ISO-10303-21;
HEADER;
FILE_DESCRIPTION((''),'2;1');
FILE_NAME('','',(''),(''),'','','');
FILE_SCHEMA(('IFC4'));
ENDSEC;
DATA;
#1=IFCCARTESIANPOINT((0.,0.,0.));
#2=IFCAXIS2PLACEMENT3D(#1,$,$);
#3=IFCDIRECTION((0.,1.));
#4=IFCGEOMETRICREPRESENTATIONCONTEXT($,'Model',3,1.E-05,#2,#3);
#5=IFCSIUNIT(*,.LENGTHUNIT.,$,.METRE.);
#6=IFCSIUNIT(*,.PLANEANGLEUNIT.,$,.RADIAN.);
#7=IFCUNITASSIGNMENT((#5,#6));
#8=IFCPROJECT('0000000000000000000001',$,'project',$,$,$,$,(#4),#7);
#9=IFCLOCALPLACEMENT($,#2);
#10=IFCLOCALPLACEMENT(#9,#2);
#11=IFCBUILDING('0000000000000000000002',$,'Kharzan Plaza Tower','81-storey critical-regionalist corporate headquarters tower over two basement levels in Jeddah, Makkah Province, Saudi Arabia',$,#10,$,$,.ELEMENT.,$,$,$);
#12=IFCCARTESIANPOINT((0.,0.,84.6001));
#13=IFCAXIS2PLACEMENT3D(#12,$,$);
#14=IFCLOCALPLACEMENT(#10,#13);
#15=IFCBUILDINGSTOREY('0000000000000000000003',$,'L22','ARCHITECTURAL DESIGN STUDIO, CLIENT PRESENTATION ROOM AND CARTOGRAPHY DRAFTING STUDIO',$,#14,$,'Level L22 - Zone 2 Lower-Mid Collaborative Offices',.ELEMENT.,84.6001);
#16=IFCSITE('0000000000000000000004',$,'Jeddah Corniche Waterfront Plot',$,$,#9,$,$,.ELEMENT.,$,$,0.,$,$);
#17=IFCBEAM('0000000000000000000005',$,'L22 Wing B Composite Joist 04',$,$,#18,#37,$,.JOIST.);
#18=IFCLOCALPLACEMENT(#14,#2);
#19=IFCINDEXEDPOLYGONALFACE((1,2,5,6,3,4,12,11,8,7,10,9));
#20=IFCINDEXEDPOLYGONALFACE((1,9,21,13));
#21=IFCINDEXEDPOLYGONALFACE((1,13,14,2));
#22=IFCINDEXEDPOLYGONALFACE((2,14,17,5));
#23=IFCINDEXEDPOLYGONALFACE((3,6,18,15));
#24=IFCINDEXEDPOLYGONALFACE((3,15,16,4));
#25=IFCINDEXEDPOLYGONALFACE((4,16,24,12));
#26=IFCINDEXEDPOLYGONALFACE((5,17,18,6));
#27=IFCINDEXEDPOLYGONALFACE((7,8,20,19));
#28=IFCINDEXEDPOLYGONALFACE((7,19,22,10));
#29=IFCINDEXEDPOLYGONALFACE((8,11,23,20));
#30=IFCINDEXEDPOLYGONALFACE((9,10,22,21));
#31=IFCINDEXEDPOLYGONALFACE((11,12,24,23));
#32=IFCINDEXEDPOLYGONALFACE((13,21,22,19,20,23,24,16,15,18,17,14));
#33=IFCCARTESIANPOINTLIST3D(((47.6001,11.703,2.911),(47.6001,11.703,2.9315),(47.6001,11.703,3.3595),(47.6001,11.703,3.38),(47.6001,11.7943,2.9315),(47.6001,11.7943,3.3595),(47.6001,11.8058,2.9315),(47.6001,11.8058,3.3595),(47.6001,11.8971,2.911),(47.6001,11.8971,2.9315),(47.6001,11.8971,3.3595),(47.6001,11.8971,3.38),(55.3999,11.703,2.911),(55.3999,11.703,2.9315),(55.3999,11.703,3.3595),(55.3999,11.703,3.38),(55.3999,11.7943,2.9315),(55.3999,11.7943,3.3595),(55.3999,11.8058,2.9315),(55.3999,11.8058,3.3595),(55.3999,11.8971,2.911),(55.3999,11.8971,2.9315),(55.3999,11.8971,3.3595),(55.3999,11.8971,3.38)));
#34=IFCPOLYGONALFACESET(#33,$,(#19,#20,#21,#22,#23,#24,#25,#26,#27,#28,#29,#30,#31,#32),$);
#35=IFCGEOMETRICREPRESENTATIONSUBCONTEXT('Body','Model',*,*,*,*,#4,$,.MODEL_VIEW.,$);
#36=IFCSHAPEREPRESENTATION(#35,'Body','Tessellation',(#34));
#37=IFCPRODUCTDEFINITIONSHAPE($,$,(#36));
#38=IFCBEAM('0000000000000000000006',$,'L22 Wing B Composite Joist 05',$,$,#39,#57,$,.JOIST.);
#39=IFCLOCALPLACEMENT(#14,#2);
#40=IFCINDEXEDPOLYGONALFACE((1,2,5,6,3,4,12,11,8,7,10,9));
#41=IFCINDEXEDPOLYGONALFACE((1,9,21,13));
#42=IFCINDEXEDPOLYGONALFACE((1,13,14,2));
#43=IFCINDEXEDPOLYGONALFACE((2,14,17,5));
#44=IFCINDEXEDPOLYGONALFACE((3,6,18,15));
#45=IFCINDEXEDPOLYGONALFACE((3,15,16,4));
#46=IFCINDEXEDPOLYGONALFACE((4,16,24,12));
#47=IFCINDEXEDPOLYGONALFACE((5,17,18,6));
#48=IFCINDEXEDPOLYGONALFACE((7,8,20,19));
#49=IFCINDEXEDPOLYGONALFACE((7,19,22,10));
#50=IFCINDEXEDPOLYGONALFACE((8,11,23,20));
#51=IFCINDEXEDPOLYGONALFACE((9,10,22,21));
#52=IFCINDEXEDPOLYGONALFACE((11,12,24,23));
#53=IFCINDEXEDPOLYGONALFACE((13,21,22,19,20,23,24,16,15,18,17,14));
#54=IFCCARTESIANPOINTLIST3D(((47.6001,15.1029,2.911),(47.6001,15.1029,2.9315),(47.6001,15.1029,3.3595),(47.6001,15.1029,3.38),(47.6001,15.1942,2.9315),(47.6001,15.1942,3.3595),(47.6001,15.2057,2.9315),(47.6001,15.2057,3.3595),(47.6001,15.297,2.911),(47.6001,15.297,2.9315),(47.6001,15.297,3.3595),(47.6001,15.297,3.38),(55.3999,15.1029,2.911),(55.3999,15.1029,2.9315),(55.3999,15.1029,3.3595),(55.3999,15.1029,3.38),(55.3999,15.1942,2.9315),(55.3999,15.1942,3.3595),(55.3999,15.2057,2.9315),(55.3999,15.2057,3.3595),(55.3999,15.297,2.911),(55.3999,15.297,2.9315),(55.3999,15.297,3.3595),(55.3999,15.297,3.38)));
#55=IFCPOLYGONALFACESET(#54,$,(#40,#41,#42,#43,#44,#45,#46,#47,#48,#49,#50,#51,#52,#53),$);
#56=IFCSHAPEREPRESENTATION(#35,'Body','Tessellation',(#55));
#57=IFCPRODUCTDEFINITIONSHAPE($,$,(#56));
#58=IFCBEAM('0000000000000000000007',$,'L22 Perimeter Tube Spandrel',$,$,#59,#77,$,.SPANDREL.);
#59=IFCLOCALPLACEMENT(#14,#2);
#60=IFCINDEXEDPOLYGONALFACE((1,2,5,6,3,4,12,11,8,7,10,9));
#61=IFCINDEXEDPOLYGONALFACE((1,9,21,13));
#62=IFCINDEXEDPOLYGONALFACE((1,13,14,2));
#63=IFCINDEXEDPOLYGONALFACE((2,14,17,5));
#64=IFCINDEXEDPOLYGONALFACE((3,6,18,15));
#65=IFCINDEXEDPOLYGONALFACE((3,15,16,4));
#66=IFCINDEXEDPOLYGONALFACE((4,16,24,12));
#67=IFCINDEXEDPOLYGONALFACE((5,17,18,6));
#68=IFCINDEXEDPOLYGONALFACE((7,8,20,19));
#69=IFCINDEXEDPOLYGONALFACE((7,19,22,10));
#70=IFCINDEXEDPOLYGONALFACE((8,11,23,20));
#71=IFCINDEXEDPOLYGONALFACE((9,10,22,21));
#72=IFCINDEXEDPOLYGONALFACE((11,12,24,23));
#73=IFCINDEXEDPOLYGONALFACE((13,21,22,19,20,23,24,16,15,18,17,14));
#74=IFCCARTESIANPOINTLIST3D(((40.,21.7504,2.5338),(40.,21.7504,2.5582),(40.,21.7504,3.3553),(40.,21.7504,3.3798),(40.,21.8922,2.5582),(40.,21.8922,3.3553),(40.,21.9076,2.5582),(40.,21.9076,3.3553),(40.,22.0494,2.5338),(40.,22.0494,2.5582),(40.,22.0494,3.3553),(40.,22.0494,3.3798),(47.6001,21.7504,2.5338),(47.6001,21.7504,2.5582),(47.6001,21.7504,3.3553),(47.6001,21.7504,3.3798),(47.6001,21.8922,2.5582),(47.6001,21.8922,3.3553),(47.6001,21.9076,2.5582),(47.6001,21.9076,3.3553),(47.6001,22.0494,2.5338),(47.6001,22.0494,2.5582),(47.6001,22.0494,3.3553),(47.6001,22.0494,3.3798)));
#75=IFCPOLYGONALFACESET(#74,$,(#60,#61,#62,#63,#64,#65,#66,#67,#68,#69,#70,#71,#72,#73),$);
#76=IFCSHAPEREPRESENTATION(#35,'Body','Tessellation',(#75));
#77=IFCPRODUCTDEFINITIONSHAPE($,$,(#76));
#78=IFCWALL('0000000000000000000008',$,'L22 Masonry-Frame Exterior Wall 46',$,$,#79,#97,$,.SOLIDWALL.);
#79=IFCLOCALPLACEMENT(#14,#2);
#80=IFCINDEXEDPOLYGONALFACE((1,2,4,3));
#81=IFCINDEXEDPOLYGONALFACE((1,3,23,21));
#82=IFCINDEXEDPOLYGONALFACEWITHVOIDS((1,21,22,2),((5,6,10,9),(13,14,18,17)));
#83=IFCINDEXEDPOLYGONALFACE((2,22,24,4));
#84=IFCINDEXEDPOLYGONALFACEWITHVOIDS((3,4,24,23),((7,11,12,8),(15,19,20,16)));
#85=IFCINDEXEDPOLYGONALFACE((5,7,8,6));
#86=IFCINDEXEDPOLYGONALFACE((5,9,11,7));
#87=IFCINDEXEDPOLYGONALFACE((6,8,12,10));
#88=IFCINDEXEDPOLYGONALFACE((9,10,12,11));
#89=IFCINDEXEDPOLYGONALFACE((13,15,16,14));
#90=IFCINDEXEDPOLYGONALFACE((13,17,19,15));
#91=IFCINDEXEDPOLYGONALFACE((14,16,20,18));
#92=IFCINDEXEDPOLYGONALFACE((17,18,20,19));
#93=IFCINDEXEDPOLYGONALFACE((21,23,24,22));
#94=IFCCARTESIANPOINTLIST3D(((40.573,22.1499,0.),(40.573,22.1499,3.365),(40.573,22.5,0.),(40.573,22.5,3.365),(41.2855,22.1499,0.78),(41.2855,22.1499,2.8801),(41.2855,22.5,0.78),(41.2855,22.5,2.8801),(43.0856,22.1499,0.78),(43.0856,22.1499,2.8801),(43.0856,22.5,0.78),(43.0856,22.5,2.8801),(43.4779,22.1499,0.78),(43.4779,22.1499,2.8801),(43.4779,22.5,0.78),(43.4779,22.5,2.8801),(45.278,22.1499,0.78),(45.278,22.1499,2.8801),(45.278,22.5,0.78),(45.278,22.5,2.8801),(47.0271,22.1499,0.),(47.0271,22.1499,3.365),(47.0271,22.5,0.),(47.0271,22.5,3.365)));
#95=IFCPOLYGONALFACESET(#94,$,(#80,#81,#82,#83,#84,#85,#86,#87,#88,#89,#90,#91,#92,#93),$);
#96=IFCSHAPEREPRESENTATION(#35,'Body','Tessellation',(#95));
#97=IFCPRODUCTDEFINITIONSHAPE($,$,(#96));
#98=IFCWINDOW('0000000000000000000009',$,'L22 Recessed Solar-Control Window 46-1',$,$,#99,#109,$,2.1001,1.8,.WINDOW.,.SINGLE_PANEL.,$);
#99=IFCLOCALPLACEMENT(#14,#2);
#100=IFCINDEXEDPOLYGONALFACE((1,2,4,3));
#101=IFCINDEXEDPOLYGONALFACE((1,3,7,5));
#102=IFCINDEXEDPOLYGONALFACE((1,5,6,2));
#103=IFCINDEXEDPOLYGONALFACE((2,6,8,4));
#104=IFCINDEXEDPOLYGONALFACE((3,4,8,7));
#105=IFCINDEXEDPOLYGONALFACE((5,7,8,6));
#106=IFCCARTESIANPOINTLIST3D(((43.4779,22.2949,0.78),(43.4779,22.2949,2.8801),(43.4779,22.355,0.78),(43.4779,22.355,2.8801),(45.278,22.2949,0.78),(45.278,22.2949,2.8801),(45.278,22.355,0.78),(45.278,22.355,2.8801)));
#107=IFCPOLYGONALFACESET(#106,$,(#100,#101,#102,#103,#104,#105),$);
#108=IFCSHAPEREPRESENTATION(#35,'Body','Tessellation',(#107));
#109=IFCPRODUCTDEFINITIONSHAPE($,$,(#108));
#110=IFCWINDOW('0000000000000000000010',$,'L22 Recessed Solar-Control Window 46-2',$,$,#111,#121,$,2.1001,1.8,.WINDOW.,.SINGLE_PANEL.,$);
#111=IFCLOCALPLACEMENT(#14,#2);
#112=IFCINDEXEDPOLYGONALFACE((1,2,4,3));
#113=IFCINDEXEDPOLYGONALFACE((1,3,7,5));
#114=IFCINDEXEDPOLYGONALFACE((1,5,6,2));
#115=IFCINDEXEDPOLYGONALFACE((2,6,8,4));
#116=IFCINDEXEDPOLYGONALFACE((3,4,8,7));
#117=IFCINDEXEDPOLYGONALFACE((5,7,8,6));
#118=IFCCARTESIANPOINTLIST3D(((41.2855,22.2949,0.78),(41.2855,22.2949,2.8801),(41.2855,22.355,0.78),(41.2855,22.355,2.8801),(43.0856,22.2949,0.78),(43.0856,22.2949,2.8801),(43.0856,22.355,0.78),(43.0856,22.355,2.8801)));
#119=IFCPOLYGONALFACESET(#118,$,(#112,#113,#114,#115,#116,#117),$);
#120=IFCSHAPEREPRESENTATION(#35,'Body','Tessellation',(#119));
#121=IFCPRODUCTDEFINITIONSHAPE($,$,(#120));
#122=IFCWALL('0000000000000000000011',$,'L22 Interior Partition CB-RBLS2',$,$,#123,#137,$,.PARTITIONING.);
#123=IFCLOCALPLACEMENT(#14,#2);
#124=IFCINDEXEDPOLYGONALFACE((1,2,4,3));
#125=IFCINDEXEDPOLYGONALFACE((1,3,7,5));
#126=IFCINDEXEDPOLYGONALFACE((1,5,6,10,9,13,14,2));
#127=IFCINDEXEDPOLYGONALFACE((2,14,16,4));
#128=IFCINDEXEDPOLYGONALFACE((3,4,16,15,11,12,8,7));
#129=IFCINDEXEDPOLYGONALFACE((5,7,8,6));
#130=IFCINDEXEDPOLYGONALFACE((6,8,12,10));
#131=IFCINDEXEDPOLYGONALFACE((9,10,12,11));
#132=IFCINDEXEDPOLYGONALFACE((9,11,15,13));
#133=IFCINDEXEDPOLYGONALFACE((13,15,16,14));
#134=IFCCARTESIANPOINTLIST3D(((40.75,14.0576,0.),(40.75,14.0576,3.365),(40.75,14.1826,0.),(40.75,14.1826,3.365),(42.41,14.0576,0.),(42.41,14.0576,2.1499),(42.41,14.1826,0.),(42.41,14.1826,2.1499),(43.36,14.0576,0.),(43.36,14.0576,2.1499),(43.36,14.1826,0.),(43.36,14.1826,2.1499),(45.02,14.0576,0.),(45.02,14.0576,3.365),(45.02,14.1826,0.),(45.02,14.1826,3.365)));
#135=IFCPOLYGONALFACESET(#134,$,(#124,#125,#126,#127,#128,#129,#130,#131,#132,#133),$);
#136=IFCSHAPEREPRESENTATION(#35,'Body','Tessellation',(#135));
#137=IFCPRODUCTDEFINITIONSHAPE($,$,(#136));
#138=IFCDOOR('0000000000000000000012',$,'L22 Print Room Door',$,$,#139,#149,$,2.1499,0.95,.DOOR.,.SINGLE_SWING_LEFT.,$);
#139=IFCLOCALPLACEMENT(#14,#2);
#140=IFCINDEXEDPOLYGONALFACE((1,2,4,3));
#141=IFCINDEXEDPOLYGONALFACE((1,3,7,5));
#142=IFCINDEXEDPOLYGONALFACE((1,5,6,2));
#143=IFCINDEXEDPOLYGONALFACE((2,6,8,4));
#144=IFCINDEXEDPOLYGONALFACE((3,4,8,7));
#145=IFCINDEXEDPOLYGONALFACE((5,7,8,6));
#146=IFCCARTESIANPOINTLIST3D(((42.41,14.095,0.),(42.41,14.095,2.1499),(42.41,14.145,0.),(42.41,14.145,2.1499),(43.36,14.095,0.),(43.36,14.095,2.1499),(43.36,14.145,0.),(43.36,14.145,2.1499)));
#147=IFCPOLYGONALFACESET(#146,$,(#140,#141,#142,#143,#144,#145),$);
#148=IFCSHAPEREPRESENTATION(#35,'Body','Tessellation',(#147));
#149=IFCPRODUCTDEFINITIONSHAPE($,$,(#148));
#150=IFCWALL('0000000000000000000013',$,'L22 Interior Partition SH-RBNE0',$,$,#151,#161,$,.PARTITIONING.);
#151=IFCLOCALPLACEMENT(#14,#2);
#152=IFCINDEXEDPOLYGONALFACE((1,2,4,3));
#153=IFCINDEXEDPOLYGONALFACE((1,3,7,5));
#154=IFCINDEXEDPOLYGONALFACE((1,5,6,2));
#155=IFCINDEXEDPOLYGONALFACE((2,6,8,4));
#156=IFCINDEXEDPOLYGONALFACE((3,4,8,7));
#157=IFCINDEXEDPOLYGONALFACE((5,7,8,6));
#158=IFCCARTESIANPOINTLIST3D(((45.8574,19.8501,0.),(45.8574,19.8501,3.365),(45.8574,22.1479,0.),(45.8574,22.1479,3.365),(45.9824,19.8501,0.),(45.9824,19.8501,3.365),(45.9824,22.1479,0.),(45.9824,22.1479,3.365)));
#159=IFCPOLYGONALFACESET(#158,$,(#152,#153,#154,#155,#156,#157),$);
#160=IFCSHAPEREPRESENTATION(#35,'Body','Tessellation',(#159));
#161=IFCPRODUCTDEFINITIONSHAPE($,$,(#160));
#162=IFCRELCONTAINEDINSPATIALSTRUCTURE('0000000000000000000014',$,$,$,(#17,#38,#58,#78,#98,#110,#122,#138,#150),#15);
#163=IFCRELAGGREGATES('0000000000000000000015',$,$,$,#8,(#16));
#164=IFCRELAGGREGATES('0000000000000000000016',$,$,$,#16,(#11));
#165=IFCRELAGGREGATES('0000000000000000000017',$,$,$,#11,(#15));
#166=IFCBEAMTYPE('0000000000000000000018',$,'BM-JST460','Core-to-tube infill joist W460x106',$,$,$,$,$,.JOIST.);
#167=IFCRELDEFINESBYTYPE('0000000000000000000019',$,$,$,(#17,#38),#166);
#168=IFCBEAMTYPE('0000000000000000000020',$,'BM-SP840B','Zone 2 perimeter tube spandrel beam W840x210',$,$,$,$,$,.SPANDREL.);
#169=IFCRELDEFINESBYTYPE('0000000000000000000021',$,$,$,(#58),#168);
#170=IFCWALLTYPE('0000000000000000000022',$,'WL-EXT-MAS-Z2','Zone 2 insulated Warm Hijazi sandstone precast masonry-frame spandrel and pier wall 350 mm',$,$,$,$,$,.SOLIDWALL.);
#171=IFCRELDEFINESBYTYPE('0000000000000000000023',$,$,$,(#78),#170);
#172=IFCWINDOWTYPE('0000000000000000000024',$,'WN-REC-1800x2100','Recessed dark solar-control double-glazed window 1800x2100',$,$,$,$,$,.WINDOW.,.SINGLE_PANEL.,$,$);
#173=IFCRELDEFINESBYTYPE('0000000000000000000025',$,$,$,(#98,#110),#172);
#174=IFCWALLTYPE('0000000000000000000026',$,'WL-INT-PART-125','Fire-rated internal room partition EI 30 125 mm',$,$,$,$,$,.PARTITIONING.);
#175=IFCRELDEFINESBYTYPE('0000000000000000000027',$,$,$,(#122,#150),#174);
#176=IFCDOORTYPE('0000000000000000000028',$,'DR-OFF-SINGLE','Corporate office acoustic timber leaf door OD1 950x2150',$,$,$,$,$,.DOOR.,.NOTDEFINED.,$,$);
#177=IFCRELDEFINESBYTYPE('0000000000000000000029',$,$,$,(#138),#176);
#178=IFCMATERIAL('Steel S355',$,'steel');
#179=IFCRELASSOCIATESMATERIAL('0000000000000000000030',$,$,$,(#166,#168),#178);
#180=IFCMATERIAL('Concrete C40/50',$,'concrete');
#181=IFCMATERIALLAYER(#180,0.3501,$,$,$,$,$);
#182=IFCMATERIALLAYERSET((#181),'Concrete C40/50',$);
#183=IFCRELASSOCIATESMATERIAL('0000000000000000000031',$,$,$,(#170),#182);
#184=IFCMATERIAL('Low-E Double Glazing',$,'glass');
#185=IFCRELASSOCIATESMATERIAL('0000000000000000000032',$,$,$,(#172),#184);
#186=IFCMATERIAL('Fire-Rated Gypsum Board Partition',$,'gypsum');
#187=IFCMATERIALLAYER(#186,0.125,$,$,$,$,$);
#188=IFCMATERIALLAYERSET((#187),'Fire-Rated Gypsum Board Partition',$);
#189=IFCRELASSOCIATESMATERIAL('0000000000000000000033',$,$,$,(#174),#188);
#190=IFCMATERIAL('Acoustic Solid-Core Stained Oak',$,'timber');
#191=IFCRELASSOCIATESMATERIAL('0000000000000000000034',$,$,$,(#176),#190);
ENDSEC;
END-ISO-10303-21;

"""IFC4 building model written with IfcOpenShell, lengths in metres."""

from ifc_helpers import new_model, si_unit, direction, frame, frame_2d, origin, origin_2d, place, context, subcontext, project, spatial, rectangle, i_section, extrude, source, transform, mapped, material, layer, layer_set, material_profile, profile_set, type_object, element, fill, save


model = new_model("IFC4")

# Units and contexts
model_context = context("Model", 3, precision=1e-05, world=origin(), true_north=direction((0.0, 1.0)))
body_context = subcontext(model_context, "Body", "Model", "MODEL_VIEW")
ifc_project = project(units=[si_unit("LENGTHUNIT", "METRE"), si_unit("PLANEANGLEUNIT", "RADIAN")], contexts=[model_context])

# Site, building, storey
site_placement = place(None, origin())
site = spatial("IfcSite", under=ifc_project, at=site_placement, Name="Jeddah Corniche Waterfront Plot", CompositionType="ELEMENT", RefElevation=0.0)
building_placement = place(site_placement, origin())
building = spatial("IfcBuilding", under=site, at=building_placement, Name="Kharzan Plaza Tower", Description="81-storey critical-regionalist corporate headquarters tower over two basement levels in Jeddah, Makkah Province, Saudi Arabia", CompositionType="ELEMENT")
storey_placement = place(building_placement, frame((0.0, 0.0, 84.6001)))
storey = spatial("IfcBuildingStorey", under=building, at=storey_placement, Name="L22", Description="ARCHITECTURAL DESIGN STUDIO, CLIENT PRESENTATION ROOM AND CARTOGRAPHY DRAFTING STUDIO", LongName="Level L22 - Zone 2 Lower-Mid Collaborative Offices", CompositionType="ELEMENT", Elevation=84.6001)

# Beams
ifc_material_1 = material(Name="Steel S355", Category="steel")
ifc_material_profile_1 = material_profile(ifc_material_1, i_section(OverallWidth=0.1941, OverallDepth=0.469, WebThickness=0.0115, FlangeThickness=0.0205, at=origin_2d()), Name="W460x106")
ifc_profile_set_1 = profile_set([ifc_material_profile_1], Name="Steel S355")
beam_type_1 = type_object("IfcBeamType", Name="BM-JST460", Description="Core-to-tube infill joist W460x106", PredefinedType="JOIST", material=ifc_profile_set_1)
shared_shape_1 = source(origin(), body_context, "Body", "SweptSolid", [
    extrude(i_section(OverallWidth=0.1941, OverallDepth=0.469, WebThickness=0.0115, FlangeThickness=0.0205, at=origin_2d()), origin(), (0.0, 0.0, 1.0), 7.7998),
])
for number, where, z_axis, x_axis, name in (
    (1, (47.6001, 11.8, 3.1455), (1.0, 0.0, 0.0), (0.0, 1.0, 0.0), "L22 Wing B Composite Joist 04"),
    (2, (47.6001, 15.2, 3.1455), (1.0, 0.0, 0.0), (0.0, 1.0, 0.0), "L22 Wing B Composite Joist 05"),
):
    element("IfcBeam", number, at=place(storey_placement, frame(where, z_axis=z_axis, x_axis=x_axis)), inside=storey, type_object=beam_type_1, Name=name, PredefinedType="JOIST", context=body_context, shape_type="MappedRepresentation", body=[
        mapped(shared_shape_1, transform((0.0, 0.0, 0.0), x_axis=(1.0, 0.0, 0.0), y_axis=(0.0, 1.0, 0.0), z_axis=(0.0, 0.0, 1.0))),
    ])
ifc_material_profile_2 = material_profile(ifc_material_1, i_section(OverallWidth=0.2991, OverallDepth=0.8459, WebThickness=0.0154, FlangeThickness=0.0244, at=origin_2d()), Name="W840x210")
ifc_profile_set_2 = profile_set([ifc_material_profile_2], Name="Steel S355")
beam_type_2 = type_object("IfcBeamType", Name="BM-SP840B", Description="Zone 2 perimeter tube spandrel beam W840x210", PredefinedType="SPANDREL", material=ifc_profile_set_2)
shared_shape_2 = source(origin(), body_context, "Body", "SweptSolid", [
    extrude(i_section(OverallWidth=0.2991, OverallDepth=0.8459, WebThickness=0.0154, FlangeThickness=0.0244, at=origin_2d()), origin(), (0.0, 0.0, 1.0), 7.6001),
])
beam_1_placement = place(storey_placement, frame((40.0, 21.8999, 2.9568), z_axis=(1.0, 0.0, 0.0), x_axis=(0.0, 1.0, 0.0)))
element("IfcBeam", 3, at=beam_1_placement, inside=storey, type_object=beam_type_2, Name="L22 Perimeter Tube Spandrel", PredefinedType="SPANDREL", context=body_context, shape_type="MappedRepresentation", body=[
    mapped(shared_shape_2, transform((0.0, 0.0, 0.0), x_axis=(1.0, 0.0, 0.0), y_axis=(0.0, 1.0, 0.0), z_axis=(0.0, 0.0, 1.0))),
])

# Wall, openings, windows
ifc_material_2 = material(Name="Concrete C40/50", Category="concrete")
ifc_layer_1 = layer(ifc_material_2, 0.3501)
ifc_layer_set_1 = layer_set([ifc_layer_1], Name="Concrete C40/50")
wall_type_1 = type_object("IfcWallType", Name="WL-EXT-MAS-Z2", Description="Zone 2 insulated Warm Hijazi sandstone precast masonry-frame spandrel and pier wall 350 mm", PredefinedType="SOLIDWALL", material=ifc_layer_set_1)
wall_1_placement = place(storey_placement, frame((47.0271, 22.325, 0.0), z_axis=(0.0, 0.0, 1.0), x_axis=(-1.0, 0.0, 0.0)))
wall_1 = element("IfcWall", 4, at=wall_1_placement, inside=storey, type_object=wall_type_1, Name="L22 Masonry-Frame Exterior Wall 46", PredefinedType="SOLIDWALL", context=body_context, shape_type="SweptSolid", body=[
    extrude(rectangle(XDim=6.4541, YDim=0.3501, at=frame_2d((3.2271, 0.0))), origin(), (0.0, 0.0, 1.0), 3.365),
])
opening_1_placement = place(wall_1_placement, frame((1.7493, 0.0, 0.78)))
opening_1 = element("IfcOpeningElement", 5, at=opening_1_placement, cuts=wall_1, PredefinedType="OPENING", context=body_context, shape_type="SweptSolid", body=[
    extrude(rectangle(XDim=1.8, YDim=2.1001, at=frame_2d((0.8999, 1.05))), frame((0.0, 0.1851, 0.0), z_axis=(0.0, -1.0, 0.0), x_axis=(1.0, 0.0, 0.0)), (0.0, 0.0, 1.0), 0.3701),
])
opening_2_placement = place(wall_1_placement, frame((3.9417, 0.0, 0.78)))
opening_2 = element("IfcOpeningElement", 6, at=opening_2_placement, cuts=wall_1, PredefinedType="OPENING", context=body_context, shape_type="SweptSolid", body=[
    extrude(rectangle(XDim=1.8, YDim=2.1001, at=frame_2d((0.8999, 1.05))), frame((0.0, 0.1851, 0.0), z_axis=(0.0, -1.0, 0.0), x_axis=(1.0, 0.0, 0.0)), (0.0, 0.0, 1.0), 0.3701),
])
ifc_material_3 = material(Name="Low-E Double Glazing", Category="glass")
window_type = type_object("IfcWindowType", Name="WN-REC-1800x2100", Description="Recessed dark solar-control double-glazed window 1800x2100", PartitioningType="SINGLE_PANEL", PredefinedType="WINDOW", material=ifc_material_3)
shared_shape_3 = source(origin(), body_context, "Body", "SweptSolid", [
    extrude(rectangle(XDim=1.8, YDim=2.1001, at=frame_2d((0.8999, 1.05))), frame((0.0, 0.03, 0.0), z_axis=(0.0, -1.0, 0.0), x_axis=(1.0, 0.0, 0.0)), (0.0, 0.0, 1.0), 0.0601),
])
window_1_placement = place(opening_1_placement, origin())
window_1 = element("IfcWindow", 7, at=window_1_placement, inside=storey, type_object=window_type, Name="L22 Recessed Solar-Control Window 46-1", OverallHeight=2.1001, OverallWidth=1.8, PartitioningType="SINGLE_PANEL", PredefinedType="WINDOW", context=body_context, shape_type="MappedRepresentation", body=[
    mapped(shared_shape_3, transform((0.0, 0.0, 0.0), x_axis=(1.0, 0.0, 0.0), y_axis=(0.0, 1.0, 0.0), z_axis=(0.0, 0.0, 1.0))),
])
fill(opening_1, window_1)
window_2_placement = place(opening_2_placement, origin())
window_2 = element("IfcWindow", 8, at=window_2_placement, inside=storey, type_object=window_type, Name="L22 Recessed Solar-Control Window 46-2", OverallHeight=2.1001, OverallWidth=1.8, PartitioningType="SINGLE_PANEL", PredefinedType="WINDOW", context=body_context, shape_type="MappedRepresentation", body=[
    mapped(shared_shape_3, transform((0.0, 0.0, 0.0), x_axis=(1.0, 0.0, 0.0), y_axis=(0.0, 1.0, 0.0), z_axis=(0.0, 0.0, 1.0))),
])
fill(opening_2, window_2)

# Wall, opening, door
ifc_material_4 = material(Name="Fire-Rated Gypsum Board Partition", Category="gypsum")
ifc_layer_2 = layer(ifc_material_4, 0.125)
ifc_layer_set_2 = layer_set([ifc_layer_2], Name="Fire-Rated Gypsum Board Partition")
wall_type_2 = type_object("IfcWallType", Name="WL-INT-PART-125", Description="Fire-rated internal room partition EI 30 125 mm", PredefinedType="PARTITIONING", material=ifc_layer_set_2)
wall_2_placement = place(storey_placement, frame((40.75, 14.1201, 0.0), z_axis=(0.0, 0.0, 1.0), x_axis=(1.0, 0.0, 0.0)))
wall_2 = element("IfcWall", 9, at=wall_2_placement, inside=storey, type_object=wall_type_2, Name="L22 Interior Partition CB-RBLS2", PredefinedType="PARTITIONING", context=body_context, shape_type="SweptSolid", body=[
    extrude(rectangle(XDim=4.27, YDim=0.125, at=frame_2d((2.135, 0.0))), origin(), (0.0, 0.0, 1.0), 3.365),
])
opening_3_placement = place(wall_2_placement, frame((1.6599, 0.0, 0.0)))
opening_3 = element("IfcOpeningElement", 10, at=opening_3_placement, cuts=wall_2, PredefinedType="OPENING", context=body_context, shape_type="SweptSolid", body=[
    extrude(rectangle(XDim=0.95, YDim=2.1499, at=frame_2d((0.4751, 1.075))), frame((0.0, 0.0725, 0.0), z_axis=(0.0, -1.0, 0.0), x_axis=(1.0, 0.0, 0.0)), (0.0, 0.0, 1.0), 0.145),
])
ifc_material_5 = material(Name="Acoustic Solid-Core Stained Oak", Category="timber")
door_type_1 = type_object("IfcDoorType", Name="DR-OFF-SINGLE", Description="Corporate office acoustic timber leaf door OD1 950x2150", OperationType="NOTDEFINED", PredefinedType="DOOR", material=ifc_material_5)
shared_shape_4 = source(origin(), body_context, "Body", "SweptSolid", [
    extrude(rectangle(XDim=0.95, YDim=2.1499, at=frame_2d((0.4751, 1.075))), frame((0.0, 0.0249, 0.0), z_axis=(0.0, -1.0, 0.0), x_axis=(1.0, 0.0, 0.0)), (0.0, 0.0, 1.0), 0.05),
])
door_1_placement = place(opening_3_placement, origin())
door_1 = element("IfcDoor", 11, at=door_1_placement, inside=storey, type_object=door_type_1, Name="L22 Print Room Door", OperationType="SINGLE_SWING_LEFT", OverallHeight=2.1499, OverallWidth=0.95, PredefinedType="DOOR", context=body_context, shape_type="MappedRepresentation", body=[
    mapped(shared_shape_4, transform((0.0, 0.0, 0.0), x_axis=(1.0, 0.0, 0.0), y_axis=(0.0, 1.0, 0.0), z_axis=(0.0, 0.0, 1.0))),
])
fill(opening_3, door_1)

# Wall
shared_shape_5 = source(origin(), body_context, "Body", "SweptSolid", [
    extrude(rectangle(XDim=2.2979, YDim=0.125, at=frame_2d((1.1489, 0.0))), origin(), (0.0, 0.0, 1.0), 3.365),
])
wall_3_placement = place(storey_placement, frame((45.9199, 19.8501, 0.0), z_axis=(0.0, 0.0, 1.0), x_axis=(0.0, 1.0, 0.0)))
element("IfcWall", 12, at=wall_3_placement, inside=storey, type_object=wall_type_2, Name="L22 Interior Partition SH-RBNE0", PredefinedType="PARTITIONING", context=body_context, shape_type="MappedRepresentation", body=[
    mapped(shared_shape_5, transform((0.0, 0.0, 0.0), x_axis=(1.0, 0.0, 0.0), y_axis=(0.0, 1.0, 0.0), z_axis=(0.0, 0.0, 1.0))),
])

save(model, "model.ifc")
